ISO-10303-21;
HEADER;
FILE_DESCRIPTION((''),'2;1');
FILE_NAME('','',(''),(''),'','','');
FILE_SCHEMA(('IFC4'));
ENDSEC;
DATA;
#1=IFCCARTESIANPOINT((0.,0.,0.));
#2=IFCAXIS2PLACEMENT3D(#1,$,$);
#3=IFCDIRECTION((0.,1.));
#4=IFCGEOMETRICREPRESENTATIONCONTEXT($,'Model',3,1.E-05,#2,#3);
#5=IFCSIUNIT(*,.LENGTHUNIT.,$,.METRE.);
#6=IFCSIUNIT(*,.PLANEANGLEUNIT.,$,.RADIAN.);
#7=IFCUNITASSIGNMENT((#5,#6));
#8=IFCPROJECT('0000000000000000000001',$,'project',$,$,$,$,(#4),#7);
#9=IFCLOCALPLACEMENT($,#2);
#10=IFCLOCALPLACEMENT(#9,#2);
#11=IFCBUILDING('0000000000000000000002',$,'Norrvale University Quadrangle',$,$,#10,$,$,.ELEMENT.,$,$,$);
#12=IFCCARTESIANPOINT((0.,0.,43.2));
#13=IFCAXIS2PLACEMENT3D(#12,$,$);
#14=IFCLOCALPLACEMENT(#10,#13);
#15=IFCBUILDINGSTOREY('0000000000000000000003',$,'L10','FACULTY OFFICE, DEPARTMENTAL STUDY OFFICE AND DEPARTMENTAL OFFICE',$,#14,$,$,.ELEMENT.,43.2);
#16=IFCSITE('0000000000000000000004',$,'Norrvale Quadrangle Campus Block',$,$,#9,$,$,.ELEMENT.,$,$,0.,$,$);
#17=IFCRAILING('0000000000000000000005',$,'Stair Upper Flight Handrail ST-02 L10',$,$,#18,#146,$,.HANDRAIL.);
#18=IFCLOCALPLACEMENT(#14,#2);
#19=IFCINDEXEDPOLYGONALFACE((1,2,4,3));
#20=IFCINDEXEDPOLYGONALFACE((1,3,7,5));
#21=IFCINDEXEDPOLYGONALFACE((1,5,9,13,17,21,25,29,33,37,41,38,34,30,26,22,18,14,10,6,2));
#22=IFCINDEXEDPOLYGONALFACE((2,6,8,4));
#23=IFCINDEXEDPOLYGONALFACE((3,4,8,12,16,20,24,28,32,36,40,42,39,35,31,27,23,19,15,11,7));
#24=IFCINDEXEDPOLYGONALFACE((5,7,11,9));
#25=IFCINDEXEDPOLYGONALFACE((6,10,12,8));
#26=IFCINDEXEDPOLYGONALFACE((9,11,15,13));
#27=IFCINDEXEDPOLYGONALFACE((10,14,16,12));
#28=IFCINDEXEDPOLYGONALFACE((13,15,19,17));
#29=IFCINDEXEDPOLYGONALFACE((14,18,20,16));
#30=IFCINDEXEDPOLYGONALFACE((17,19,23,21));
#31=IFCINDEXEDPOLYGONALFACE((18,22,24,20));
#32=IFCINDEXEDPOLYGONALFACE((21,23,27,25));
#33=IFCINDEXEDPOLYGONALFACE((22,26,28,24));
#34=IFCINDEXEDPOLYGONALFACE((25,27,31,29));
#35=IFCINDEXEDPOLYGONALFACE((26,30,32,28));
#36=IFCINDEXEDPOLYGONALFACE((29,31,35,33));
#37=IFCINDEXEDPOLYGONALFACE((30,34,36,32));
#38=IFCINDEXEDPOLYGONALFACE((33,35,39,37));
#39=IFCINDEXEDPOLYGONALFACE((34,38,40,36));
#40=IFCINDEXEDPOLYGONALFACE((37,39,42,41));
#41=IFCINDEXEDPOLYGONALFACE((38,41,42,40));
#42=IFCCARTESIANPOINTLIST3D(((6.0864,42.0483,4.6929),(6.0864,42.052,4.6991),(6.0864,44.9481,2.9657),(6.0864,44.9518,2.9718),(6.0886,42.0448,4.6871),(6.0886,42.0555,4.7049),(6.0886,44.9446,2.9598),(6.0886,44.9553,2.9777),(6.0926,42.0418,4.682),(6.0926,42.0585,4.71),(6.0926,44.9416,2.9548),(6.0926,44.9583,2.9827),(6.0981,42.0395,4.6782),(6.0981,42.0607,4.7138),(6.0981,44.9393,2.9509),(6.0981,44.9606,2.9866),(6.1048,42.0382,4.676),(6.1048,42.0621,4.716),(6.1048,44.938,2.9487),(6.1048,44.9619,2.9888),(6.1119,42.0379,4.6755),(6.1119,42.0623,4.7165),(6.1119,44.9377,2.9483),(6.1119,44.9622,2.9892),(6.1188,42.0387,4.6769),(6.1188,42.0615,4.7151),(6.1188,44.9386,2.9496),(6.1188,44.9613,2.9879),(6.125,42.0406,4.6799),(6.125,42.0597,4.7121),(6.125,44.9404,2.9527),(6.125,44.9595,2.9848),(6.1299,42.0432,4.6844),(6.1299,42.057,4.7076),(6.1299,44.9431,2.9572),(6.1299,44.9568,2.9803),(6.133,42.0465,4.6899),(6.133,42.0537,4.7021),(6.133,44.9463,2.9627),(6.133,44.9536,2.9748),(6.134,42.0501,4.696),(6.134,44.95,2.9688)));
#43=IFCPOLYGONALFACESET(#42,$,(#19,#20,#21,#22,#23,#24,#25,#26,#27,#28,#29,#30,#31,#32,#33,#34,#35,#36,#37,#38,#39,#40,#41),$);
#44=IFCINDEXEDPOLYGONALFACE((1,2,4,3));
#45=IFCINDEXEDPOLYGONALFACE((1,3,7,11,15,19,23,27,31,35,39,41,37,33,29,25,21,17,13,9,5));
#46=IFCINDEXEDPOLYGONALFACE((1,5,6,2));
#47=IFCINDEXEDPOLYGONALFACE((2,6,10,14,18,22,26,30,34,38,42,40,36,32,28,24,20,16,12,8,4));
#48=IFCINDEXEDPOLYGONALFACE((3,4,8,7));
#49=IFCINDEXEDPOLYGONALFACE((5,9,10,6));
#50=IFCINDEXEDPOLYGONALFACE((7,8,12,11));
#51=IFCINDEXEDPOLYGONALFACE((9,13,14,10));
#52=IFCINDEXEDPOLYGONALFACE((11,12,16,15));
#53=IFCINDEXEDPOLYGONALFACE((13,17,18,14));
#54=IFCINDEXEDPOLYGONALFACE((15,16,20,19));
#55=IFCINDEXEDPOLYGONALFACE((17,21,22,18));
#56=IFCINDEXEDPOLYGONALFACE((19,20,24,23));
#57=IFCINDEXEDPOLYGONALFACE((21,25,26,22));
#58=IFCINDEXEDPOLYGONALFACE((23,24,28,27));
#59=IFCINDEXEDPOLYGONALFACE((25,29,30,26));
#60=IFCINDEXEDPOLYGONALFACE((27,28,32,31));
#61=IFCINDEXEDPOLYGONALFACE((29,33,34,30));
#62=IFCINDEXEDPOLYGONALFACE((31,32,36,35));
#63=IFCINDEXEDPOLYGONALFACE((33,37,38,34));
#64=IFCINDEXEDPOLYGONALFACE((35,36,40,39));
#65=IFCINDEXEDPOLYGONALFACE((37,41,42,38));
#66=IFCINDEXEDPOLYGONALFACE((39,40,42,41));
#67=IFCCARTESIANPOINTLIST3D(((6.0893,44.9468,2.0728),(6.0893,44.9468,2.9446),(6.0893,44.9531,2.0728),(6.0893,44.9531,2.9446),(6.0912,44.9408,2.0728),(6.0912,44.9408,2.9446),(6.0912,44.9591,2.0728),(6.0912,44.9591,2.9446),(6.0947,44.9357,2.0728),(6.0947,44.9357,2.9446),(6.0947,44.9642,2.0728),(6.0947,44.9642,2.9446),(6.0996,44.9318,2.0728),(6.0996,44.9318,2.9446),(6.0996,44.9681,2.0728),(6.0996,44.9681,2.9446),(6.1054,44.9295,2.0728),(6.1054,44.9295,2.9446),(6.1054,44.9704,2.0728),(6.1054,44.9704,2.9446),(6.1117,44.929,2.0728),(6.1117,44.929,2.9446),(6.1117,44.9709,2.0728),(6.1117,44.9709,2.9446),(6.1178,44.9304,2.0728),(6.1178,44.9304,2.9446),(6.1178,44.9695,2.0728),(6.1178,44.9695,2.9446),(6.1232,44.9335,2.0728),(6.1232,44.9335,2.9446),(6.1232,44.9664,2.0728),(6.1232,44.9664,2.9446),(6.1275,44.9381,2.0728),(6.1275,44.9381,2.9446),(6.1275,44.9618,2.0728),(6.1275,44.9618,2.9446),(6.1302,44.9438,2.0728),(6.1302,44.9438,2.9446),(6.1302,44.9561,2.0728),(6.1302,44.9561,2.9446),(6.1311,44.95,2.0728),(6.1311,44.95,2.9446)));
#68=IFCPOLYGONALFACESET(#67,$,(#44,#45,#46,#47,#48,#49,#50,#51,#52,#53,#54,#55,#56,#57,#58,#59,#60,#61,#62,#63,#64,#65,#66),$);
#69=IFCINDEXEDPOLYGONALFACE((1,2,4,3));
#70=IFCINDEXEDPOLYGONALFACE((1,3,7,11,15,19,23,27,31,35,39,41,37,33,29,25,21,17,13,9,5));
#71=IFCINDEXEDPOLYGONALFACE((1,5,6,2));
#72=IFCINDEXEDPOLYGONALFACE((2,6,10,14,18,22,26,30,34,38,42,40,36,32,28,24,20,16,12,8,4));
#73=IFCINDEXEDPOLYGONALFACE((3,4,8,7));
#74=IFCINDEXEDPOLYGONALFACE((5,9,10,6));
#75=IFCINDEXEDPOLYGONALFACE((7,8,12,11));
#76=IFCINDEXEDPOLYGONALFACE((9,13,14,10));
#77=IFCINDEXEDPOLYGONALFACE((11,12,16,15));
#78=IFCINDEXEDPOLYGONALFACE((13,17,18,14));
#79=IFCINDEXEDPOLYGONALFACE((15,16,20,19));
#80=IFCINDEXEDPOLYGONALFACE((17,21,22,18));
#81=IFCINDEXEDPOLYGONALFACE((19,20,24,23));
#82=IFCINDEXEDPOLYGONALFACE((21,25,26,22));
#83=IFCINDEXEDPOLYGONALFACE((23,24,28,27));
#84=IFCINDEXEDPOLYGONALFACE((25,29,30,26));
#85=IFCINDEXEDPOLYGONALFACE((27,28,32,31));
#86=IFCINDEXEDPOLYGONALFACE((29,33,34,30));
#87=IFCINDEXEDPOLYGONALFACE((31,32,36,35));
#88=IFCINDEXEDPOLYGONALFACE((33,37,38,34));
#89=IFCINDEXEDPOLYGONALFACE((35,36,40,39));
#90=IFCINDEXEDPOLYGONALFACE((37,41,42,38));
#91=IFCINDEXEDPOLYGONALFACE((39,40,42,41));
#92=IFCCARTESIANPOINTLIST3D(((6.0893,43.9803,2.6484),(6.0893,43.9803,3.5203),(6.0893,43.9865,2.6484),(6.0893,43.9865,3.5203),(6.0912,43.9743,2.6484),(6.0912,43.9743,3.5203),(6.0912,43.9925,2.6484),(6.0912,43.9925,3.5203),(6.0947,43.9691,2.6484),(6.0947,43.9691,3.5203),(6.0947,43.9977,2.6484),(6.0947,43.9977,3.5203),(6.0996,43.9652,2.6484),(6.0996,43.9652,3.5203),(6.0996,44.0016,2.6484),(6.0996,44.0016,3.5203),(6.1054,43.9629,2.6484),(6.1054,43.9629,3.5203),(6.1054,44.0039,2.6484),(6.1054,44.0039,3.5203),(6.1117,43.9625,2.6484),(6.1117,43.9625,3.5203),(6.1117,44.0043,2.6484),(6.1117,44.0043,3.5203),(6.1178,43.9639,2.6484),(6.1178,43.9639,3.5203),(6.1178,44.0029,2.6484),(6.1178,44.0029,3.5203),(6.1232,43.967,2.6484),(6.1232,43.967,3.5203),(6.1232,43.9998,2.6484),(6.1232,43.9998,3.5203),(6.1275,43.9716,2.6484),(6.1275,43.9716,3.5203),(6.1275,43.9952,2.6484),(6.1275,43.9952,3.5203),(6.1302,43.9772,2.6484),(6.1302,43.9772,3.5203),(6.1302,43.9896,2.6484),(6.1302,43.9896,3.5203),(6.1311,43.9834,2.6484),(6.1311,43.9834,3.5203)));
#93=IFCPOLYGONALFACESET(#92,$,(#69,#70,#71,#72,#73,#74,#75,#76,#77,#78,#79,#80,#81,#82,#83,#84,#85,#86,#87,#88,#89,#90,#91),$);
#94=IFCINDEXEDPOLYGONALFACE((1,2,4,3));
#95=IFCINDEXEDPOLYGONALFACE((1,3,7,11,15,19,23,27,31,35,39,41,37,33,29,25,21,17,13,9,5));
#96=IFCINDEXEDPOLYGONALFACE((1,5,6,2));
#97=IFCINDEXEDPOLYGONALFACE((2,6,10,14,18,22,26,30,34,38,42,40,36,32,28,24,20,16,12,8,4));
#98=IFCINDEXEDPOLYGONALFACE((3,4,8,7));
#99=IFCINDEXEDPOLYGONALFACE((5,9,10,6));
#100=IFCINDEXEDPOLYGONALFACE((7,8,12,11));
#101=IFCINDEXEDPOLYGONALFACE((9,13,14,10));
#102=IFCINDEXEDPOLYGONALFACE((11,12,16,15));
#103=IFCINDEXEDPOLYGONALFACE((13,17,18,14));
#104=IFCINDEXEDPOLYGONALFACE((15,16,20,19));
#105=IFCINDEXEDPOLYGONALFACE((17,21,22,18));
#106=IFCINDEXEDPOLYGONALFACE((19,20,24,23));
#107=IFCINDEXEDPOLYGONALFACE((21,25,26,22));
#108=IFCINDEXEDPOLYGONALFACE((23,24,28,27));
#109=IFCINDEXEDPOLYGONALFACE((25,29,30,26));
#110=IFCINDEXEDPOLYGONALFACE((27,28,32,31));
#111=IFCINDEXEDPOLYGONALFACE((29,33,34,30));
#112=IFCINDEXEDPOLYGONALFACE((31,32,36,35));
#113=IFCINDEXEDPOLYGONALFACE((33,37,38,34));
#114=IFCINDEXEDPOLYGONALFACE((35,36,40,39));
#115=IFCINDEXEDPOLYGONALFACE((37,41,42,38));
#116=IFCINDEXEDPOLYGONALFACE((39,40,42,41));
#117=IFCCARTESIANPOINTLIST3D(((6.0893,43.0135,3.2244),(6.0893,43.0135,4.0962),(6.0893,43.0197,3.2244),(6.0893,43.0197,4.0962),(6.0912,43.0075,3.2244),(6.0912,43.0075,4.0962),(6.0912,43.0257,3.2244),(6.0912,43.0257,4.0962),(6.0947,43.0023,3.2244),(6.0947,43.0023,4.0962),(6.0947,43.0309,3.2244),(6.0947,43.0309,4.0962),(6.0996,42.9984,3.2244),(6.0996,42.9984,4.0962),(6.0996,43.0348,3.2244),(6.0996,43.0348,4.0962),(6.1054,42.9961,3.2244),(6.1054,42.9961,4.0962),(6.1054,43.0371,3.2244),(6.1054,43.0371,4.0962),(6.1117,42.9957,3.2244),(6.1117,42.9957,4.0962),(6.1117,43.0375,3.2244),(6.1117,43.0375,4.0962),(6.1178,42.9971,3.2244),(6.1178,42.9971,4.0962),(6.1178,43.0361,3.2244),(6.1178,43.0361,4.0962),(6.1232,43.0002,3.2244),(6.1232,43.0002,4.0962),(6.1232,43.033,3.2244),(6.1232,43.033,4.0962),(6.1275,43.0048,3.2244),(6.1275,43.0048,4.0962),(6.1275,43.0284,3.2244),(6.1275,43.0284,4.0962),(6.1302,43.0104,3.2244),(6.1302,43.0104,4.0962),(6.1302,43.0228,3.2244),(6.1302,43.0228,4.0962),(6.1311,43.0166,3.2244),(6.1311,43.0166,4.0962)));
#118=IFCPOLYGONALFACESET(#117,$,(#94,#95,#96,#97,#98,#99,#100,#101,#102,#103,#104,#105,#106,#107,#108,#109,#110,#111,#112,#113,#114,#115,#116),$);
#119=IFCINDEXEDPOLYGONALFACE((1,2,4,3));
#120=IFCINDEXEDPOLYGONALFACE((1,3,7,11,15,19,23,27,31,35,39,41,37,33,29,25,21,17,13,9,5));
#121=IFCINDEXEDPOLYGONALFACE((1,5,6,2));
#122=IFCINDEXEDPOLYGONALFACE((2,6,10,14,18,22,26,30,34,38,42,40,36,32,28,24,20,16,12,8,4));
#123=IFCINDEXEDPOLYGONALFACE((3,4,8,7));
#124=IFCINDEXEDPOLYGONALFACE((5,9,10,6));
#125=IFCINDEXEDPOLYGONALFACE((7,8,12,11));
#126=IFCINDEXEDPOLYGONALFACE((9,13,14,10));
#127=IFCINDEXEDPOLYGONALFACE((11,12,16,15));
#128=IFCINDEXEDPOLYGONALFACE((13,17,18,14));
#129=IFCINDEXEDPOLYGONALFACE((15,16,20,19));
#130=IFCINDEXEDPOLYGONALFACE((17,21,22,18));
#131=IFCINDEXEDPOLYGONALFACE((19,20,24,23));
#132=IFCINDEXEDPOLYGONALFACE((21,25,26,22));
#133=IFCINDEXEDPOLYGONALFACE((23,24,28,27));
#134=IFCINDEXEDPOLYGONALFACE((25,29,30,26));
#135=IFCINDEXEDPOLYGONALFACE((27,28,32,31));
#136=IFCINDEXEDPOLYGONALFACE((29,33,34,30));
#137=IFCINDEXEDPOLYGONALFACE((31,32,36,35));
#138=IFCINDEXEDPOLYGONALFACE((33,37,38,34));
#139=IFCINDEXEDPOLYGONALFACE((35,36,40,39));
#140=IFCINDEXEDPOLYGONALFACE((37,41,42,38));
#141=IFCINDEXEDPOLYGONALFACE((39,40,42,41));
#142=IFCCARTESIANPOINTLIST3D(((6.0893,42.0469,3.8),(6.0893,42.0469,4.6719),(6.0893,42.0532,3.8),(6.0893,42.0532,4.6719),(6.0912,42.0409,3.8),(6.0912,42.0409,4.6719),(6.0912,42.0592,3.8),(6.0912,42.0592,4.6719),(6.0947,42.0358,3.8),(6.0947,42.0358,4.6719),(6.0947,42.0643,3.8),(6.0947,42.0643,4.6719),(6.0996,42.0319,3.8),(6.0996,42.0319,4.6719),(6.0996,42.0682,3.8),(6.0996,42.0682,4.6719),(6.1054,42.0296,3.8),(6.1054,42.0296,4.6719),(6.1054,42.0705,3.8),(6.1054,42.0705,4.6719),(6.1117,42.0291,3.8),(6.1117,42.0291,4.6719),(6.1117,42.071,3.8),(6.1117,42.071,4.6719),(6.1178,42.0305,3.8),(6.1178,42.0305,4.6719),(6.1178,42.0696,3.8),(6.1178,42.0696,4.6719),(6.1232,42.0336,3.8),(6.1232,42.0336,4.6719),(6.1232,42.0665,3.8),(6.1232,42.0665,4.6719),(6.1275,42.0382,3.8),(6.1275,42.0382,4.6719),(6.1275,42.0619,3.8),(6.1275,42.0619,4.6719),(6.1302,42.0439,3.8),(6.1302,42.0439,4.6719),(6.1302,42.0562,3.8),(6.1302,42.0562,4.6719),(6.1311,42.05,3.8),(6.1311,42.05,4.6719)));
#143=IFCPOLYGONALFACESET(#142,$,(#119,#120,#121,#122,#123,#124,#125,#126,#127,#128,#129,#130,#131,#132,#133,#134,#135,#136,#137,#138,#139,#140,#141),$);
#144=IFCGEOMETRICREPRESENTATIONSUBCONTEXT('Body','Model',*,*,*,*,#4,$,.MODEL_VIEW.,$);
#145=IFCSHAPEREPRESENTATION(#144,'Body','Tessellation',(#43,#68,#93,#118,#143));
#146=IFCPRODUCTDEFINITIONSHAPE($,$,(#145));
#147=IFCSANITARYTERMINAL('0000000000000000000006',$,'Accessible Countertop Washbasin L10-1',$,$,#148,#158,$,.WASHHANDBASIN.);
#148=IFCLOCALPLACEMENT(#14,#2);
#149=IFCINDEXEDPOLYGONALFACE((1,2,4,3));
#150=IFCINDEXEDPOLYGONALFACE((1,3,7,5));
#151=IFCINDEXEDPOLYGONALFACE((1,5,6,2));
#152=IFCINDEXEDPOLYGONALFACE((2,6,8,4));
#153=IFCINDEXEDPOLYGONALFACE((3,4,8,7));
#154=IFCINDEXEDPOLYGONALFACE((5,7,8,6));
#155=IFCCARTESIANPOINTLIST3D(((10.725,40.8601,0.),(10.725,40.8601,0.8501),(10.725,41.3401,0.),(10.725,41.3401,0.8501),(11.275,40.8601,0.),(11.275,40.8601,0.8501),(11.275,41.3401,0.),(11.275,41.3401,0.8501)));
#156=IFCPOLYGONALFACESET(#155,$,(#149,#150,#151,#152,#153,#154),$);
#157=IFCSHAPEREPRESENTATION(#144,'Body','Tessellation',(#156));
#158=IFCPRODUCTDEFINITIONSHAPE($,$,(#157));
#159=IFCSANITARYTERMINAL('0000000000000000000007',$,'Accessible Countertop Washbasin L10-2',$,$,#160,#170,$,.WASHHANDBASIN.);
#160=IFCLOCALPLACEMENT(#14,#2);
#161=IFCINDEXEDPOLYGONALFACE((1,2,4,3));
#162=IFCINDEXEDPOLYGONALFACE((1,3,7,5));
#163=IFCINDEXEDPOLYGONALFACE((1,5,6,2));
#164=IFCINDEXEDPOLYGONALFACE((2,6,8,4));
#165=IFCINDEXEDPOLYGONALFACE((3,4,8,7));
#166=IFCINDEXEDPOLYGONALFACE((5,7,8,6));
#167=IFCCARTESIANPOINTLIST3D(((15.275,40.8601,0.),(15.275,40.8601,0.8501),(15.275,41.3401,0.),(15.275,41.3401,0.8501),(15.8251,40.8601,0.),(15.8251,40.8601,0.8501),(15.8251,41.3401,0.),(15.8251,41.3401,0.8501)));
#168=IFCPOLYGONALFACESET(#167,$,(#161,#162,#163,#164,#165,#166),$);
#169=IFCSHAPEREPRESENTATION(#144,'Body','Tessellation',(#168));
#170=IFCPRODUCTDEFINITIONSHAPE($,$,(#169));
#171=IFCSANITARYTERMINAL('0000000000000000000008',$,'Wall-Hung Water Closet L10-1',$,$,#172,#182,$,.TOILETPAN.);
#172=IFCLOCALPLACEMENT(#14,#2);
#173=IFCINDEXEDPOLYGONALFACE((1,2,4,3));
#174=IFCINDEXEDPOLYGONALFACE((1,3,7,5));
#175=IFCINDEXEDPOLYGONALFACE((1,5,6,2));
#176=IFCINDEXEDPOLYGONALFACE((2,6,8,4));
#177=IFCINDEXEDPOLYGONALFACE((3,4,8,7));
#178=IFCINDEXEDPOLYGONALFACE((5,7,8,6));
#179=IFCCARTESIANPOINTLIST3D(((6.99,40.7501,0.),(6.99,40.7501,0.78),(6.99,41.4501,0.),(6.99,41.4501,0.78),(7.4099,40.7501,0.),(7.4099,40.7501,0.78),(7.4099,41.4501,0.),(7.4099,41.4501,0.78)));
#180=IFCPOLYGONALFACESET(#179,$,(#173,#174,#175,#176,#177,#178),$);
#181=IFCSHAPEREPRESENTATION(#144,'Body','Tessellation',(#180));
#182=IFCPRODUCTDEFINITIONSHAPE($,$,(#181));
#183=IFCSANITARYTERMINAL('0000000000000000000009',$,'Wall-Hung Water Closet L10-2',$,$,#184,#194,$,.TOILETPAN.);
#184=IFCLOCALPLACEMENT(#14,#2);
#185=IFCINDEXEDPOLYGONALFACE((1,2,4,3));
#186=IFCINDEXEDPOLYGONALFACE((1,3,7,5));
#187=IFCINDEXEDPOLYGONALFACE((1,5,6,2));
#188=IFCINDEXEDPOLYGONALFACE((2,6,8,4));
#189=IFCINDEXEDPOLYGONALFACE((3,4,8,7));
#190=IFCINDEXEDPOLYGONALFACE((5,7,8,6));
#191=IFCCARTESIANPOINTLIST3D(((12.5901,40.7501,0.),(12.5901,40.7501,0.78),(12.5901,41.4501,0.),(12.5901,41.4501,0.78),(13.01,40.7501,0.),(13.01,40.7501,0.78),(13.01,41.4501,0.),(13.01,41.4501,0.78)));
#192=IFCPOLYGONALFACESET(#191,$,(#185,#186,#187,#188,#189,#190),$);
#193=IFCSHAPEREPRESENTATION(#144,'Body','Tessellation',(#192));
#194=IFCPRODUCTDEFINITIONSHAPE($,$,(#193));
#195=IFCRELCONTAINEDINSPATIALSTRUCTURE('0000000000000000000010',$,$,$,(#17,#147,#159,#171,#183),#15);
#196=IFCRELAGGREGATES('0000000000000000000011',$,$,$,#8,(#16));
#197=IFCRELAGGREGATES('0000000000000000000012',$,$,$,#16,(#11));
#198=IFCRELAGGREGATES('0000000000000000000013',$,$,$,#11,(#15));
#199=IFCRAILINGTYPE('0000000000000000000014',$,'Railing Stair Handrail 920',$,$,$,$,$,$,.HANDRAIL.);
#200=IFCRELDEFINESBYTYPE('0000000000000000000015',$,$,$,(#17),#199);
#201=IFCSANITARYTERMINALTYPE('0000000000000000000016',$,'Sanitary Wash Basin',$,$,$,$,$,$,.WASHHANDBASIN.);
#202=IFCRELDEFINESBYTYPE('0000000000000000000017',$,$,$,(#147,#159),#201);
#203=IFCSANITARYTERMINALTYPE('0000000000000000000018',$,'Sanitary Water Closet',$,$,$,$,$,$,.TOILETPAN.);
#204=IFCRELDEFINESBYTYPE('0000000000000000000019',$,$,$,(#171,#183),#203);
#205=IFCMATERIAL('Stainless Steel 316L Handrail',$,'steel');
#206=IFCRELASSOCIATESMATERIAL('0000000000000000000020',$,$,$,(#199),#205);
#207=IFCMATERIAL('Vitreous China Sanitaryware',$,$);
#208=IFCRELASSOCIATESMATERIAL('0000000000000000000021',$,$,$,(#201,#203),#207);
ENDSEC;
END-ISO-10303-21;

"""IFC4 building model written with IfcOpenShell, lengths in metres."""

from ifc_helpers import new_model, si_unit, direction, frame, origin, origin_2d, place, context, subcontext, project, spatial, rectangle, circle, extrude, material, type_object, element, save


model = new_model("IFC4")

# Units and contexts
model_context = context("Model", 3, precision=1e-05, world=origin(), true_north=direction((0.0, 1.0)))
body_context = subcontext(model_context, "Body", "Model", "MODEL_VIEW")
ifc_project = project(units=[si_unit("LENGTHUNIT", "METRE"), si_unit("PLANEANGLEUNIT", "RADIAN")], contexts=[model_context])

# Site, building, storey
site_placement = place(None, origin())
site = spatial("IfcSite", under=ifc_project, at=site_placement, Name="Norrvale Quadrangle Campus Block", CompositionType="ELEMENT", RefElevation=0.0)
building_placement = place(site_placement, origin())
building = spatial("IfcBuilding", under=site, at=building_placement, Name="Norrvale University Quadrangle", CompositionType="ELEMENT")
storey_placement = place(building_placement, frame((0.0, 0.0, 43.2)))
storey = spatial("IfcBuildingStorey", under=building, at=storey_placement, Name="L10", Description="FACULTY OFFICE, DEPARTMENTAL STUDY OFFICE AND DEPARTMENTAL OFFICE", CompositionType="ELEMENT", Elevation=43.2)

# Railing
ifc_material_1 = material(Name="Stainless Steel 316L Handrail", Category="steel")
railing_type_1 = type_object("IfcRailingType", Name="Railing Stair Handrail 920", PredefinedType="HANDRAIL", material=ifc_material_1)
railing_1_placement = place(storey_placement, frame((6.1101, 44.95, 2.0728)))
element("IfcRailing", 1, at=railing_1_placement, inside=storey, type_object=railing_type_1, Name="Stair Upper Flight Handrail ST-02 L10", PredefinedType="HANDRAIL", context=body_context, shape_type="SweptSolid", body=[
    extrude(circle(Radius=0.0239, at=origin_2d()), frame((0.0, 0.0, 0.896), z_axis=(0.0, -0.859141, 0.511738), x_axis=(1.0, 0.0, 0.0)), (0.0, 0.0, 1.0), 3.3752),
    extrude(circle(Radius=0.021, at=origin_2d()), origin(), (0.0, 0.0, 1.0), 0.8718),
    extrude(circle(Radius=0.021, at=origin_2d()), frame((0.0, -0.9666, 0.5757)), (0.0, 0.0, 1.0), 0.8718),
    extrude(circle(Radius=0.021, at=origin_2d()), frame((0.0, -1.9333, 1.1516)), (0.0, 0.0, 1.0), 0.8718),
    extrude(circle(Radius=0.021, at=origin_2d()), frame((0.0, -2.8999, 1.7273)), (0.0, 0.0, 1.0), 0.8718),
])

# Sanitary terminals
ifc_material_2 = material(Name="Vitreous China Sanitaryware")
sanitary_terminal_type_1 = type_object("IfcSanitaryTerminalType", Name="Sanitary Wash Basin", PredefinedType="WASHHANDBASIN", material=ifc_material_2)
for number, where, z_axis, x_axis, name in (
    (2, (11.0, 41.1001, 0.0), (0.0, 0.0, 1.0), (1.0, 0.0, 0.0), "Accessible Countertop Washbasin L10-1"),
    (3, (15.55, 41.1001, 0.0), (0.0, 0.0, 1.0), (1.0, 0.0, 0.0), "Accessible Countertop Washbasin L10-2"),
):
    element("IfcSanitaryTerminal", number, at=place(storey_placement, frame(where, z_axis=z_axis, x_axis=x_axis)), inside=storey, type_object=sanitary_terminal_type_1, Name=name, PredefinedType="WASHHANDBASIN", context=body_context, shape_type="SweptSolid", body=[
        extrude(rectangle(XDim=0.55, YDim=0.48, at=origin_2d()), origin(), (0.0, 0.0, 1.0), 0.8501),
    ])
sanitary_terminal_type_2 = type_object("IfcSanitaryTerminalType", Name="Sanitary Water Closet", PredefinedType="TOILETPAN", material=ifc_material_2)
for number, where, z_axis, x_axis, name in (
    (4, (7.2, 41.1001, 0.0), (0.0, 0.0, 1.0), (1.0, 0.0, 0.0), "Wall-Hung Water Closet L10-1"),
    (5, (12.8, 41.1001, 0.0), (0.0, 0.0, 1.0), (1.0, 0.0, 0.0), "Wall-Hung Water Closet L10-2"),
):
    element("IfcSanitaryTerminal", number, at=place(storey_placement, frame(where, z_axis=z_axis, x_axis=x_axis)), inside=storey, type_object=sanitary_terminal_type_2, Name=name, PredefinedType="TOILETPAN", context=body_context, shape_type="SweptSolid", body=[
        extrude(rectangle(XDim=0.4199, YDim=0.7, at=origin_2d()), origin(), (0.0, 0.0, 1.0), 0.78),
    ])

save(model, "model.ifc")
